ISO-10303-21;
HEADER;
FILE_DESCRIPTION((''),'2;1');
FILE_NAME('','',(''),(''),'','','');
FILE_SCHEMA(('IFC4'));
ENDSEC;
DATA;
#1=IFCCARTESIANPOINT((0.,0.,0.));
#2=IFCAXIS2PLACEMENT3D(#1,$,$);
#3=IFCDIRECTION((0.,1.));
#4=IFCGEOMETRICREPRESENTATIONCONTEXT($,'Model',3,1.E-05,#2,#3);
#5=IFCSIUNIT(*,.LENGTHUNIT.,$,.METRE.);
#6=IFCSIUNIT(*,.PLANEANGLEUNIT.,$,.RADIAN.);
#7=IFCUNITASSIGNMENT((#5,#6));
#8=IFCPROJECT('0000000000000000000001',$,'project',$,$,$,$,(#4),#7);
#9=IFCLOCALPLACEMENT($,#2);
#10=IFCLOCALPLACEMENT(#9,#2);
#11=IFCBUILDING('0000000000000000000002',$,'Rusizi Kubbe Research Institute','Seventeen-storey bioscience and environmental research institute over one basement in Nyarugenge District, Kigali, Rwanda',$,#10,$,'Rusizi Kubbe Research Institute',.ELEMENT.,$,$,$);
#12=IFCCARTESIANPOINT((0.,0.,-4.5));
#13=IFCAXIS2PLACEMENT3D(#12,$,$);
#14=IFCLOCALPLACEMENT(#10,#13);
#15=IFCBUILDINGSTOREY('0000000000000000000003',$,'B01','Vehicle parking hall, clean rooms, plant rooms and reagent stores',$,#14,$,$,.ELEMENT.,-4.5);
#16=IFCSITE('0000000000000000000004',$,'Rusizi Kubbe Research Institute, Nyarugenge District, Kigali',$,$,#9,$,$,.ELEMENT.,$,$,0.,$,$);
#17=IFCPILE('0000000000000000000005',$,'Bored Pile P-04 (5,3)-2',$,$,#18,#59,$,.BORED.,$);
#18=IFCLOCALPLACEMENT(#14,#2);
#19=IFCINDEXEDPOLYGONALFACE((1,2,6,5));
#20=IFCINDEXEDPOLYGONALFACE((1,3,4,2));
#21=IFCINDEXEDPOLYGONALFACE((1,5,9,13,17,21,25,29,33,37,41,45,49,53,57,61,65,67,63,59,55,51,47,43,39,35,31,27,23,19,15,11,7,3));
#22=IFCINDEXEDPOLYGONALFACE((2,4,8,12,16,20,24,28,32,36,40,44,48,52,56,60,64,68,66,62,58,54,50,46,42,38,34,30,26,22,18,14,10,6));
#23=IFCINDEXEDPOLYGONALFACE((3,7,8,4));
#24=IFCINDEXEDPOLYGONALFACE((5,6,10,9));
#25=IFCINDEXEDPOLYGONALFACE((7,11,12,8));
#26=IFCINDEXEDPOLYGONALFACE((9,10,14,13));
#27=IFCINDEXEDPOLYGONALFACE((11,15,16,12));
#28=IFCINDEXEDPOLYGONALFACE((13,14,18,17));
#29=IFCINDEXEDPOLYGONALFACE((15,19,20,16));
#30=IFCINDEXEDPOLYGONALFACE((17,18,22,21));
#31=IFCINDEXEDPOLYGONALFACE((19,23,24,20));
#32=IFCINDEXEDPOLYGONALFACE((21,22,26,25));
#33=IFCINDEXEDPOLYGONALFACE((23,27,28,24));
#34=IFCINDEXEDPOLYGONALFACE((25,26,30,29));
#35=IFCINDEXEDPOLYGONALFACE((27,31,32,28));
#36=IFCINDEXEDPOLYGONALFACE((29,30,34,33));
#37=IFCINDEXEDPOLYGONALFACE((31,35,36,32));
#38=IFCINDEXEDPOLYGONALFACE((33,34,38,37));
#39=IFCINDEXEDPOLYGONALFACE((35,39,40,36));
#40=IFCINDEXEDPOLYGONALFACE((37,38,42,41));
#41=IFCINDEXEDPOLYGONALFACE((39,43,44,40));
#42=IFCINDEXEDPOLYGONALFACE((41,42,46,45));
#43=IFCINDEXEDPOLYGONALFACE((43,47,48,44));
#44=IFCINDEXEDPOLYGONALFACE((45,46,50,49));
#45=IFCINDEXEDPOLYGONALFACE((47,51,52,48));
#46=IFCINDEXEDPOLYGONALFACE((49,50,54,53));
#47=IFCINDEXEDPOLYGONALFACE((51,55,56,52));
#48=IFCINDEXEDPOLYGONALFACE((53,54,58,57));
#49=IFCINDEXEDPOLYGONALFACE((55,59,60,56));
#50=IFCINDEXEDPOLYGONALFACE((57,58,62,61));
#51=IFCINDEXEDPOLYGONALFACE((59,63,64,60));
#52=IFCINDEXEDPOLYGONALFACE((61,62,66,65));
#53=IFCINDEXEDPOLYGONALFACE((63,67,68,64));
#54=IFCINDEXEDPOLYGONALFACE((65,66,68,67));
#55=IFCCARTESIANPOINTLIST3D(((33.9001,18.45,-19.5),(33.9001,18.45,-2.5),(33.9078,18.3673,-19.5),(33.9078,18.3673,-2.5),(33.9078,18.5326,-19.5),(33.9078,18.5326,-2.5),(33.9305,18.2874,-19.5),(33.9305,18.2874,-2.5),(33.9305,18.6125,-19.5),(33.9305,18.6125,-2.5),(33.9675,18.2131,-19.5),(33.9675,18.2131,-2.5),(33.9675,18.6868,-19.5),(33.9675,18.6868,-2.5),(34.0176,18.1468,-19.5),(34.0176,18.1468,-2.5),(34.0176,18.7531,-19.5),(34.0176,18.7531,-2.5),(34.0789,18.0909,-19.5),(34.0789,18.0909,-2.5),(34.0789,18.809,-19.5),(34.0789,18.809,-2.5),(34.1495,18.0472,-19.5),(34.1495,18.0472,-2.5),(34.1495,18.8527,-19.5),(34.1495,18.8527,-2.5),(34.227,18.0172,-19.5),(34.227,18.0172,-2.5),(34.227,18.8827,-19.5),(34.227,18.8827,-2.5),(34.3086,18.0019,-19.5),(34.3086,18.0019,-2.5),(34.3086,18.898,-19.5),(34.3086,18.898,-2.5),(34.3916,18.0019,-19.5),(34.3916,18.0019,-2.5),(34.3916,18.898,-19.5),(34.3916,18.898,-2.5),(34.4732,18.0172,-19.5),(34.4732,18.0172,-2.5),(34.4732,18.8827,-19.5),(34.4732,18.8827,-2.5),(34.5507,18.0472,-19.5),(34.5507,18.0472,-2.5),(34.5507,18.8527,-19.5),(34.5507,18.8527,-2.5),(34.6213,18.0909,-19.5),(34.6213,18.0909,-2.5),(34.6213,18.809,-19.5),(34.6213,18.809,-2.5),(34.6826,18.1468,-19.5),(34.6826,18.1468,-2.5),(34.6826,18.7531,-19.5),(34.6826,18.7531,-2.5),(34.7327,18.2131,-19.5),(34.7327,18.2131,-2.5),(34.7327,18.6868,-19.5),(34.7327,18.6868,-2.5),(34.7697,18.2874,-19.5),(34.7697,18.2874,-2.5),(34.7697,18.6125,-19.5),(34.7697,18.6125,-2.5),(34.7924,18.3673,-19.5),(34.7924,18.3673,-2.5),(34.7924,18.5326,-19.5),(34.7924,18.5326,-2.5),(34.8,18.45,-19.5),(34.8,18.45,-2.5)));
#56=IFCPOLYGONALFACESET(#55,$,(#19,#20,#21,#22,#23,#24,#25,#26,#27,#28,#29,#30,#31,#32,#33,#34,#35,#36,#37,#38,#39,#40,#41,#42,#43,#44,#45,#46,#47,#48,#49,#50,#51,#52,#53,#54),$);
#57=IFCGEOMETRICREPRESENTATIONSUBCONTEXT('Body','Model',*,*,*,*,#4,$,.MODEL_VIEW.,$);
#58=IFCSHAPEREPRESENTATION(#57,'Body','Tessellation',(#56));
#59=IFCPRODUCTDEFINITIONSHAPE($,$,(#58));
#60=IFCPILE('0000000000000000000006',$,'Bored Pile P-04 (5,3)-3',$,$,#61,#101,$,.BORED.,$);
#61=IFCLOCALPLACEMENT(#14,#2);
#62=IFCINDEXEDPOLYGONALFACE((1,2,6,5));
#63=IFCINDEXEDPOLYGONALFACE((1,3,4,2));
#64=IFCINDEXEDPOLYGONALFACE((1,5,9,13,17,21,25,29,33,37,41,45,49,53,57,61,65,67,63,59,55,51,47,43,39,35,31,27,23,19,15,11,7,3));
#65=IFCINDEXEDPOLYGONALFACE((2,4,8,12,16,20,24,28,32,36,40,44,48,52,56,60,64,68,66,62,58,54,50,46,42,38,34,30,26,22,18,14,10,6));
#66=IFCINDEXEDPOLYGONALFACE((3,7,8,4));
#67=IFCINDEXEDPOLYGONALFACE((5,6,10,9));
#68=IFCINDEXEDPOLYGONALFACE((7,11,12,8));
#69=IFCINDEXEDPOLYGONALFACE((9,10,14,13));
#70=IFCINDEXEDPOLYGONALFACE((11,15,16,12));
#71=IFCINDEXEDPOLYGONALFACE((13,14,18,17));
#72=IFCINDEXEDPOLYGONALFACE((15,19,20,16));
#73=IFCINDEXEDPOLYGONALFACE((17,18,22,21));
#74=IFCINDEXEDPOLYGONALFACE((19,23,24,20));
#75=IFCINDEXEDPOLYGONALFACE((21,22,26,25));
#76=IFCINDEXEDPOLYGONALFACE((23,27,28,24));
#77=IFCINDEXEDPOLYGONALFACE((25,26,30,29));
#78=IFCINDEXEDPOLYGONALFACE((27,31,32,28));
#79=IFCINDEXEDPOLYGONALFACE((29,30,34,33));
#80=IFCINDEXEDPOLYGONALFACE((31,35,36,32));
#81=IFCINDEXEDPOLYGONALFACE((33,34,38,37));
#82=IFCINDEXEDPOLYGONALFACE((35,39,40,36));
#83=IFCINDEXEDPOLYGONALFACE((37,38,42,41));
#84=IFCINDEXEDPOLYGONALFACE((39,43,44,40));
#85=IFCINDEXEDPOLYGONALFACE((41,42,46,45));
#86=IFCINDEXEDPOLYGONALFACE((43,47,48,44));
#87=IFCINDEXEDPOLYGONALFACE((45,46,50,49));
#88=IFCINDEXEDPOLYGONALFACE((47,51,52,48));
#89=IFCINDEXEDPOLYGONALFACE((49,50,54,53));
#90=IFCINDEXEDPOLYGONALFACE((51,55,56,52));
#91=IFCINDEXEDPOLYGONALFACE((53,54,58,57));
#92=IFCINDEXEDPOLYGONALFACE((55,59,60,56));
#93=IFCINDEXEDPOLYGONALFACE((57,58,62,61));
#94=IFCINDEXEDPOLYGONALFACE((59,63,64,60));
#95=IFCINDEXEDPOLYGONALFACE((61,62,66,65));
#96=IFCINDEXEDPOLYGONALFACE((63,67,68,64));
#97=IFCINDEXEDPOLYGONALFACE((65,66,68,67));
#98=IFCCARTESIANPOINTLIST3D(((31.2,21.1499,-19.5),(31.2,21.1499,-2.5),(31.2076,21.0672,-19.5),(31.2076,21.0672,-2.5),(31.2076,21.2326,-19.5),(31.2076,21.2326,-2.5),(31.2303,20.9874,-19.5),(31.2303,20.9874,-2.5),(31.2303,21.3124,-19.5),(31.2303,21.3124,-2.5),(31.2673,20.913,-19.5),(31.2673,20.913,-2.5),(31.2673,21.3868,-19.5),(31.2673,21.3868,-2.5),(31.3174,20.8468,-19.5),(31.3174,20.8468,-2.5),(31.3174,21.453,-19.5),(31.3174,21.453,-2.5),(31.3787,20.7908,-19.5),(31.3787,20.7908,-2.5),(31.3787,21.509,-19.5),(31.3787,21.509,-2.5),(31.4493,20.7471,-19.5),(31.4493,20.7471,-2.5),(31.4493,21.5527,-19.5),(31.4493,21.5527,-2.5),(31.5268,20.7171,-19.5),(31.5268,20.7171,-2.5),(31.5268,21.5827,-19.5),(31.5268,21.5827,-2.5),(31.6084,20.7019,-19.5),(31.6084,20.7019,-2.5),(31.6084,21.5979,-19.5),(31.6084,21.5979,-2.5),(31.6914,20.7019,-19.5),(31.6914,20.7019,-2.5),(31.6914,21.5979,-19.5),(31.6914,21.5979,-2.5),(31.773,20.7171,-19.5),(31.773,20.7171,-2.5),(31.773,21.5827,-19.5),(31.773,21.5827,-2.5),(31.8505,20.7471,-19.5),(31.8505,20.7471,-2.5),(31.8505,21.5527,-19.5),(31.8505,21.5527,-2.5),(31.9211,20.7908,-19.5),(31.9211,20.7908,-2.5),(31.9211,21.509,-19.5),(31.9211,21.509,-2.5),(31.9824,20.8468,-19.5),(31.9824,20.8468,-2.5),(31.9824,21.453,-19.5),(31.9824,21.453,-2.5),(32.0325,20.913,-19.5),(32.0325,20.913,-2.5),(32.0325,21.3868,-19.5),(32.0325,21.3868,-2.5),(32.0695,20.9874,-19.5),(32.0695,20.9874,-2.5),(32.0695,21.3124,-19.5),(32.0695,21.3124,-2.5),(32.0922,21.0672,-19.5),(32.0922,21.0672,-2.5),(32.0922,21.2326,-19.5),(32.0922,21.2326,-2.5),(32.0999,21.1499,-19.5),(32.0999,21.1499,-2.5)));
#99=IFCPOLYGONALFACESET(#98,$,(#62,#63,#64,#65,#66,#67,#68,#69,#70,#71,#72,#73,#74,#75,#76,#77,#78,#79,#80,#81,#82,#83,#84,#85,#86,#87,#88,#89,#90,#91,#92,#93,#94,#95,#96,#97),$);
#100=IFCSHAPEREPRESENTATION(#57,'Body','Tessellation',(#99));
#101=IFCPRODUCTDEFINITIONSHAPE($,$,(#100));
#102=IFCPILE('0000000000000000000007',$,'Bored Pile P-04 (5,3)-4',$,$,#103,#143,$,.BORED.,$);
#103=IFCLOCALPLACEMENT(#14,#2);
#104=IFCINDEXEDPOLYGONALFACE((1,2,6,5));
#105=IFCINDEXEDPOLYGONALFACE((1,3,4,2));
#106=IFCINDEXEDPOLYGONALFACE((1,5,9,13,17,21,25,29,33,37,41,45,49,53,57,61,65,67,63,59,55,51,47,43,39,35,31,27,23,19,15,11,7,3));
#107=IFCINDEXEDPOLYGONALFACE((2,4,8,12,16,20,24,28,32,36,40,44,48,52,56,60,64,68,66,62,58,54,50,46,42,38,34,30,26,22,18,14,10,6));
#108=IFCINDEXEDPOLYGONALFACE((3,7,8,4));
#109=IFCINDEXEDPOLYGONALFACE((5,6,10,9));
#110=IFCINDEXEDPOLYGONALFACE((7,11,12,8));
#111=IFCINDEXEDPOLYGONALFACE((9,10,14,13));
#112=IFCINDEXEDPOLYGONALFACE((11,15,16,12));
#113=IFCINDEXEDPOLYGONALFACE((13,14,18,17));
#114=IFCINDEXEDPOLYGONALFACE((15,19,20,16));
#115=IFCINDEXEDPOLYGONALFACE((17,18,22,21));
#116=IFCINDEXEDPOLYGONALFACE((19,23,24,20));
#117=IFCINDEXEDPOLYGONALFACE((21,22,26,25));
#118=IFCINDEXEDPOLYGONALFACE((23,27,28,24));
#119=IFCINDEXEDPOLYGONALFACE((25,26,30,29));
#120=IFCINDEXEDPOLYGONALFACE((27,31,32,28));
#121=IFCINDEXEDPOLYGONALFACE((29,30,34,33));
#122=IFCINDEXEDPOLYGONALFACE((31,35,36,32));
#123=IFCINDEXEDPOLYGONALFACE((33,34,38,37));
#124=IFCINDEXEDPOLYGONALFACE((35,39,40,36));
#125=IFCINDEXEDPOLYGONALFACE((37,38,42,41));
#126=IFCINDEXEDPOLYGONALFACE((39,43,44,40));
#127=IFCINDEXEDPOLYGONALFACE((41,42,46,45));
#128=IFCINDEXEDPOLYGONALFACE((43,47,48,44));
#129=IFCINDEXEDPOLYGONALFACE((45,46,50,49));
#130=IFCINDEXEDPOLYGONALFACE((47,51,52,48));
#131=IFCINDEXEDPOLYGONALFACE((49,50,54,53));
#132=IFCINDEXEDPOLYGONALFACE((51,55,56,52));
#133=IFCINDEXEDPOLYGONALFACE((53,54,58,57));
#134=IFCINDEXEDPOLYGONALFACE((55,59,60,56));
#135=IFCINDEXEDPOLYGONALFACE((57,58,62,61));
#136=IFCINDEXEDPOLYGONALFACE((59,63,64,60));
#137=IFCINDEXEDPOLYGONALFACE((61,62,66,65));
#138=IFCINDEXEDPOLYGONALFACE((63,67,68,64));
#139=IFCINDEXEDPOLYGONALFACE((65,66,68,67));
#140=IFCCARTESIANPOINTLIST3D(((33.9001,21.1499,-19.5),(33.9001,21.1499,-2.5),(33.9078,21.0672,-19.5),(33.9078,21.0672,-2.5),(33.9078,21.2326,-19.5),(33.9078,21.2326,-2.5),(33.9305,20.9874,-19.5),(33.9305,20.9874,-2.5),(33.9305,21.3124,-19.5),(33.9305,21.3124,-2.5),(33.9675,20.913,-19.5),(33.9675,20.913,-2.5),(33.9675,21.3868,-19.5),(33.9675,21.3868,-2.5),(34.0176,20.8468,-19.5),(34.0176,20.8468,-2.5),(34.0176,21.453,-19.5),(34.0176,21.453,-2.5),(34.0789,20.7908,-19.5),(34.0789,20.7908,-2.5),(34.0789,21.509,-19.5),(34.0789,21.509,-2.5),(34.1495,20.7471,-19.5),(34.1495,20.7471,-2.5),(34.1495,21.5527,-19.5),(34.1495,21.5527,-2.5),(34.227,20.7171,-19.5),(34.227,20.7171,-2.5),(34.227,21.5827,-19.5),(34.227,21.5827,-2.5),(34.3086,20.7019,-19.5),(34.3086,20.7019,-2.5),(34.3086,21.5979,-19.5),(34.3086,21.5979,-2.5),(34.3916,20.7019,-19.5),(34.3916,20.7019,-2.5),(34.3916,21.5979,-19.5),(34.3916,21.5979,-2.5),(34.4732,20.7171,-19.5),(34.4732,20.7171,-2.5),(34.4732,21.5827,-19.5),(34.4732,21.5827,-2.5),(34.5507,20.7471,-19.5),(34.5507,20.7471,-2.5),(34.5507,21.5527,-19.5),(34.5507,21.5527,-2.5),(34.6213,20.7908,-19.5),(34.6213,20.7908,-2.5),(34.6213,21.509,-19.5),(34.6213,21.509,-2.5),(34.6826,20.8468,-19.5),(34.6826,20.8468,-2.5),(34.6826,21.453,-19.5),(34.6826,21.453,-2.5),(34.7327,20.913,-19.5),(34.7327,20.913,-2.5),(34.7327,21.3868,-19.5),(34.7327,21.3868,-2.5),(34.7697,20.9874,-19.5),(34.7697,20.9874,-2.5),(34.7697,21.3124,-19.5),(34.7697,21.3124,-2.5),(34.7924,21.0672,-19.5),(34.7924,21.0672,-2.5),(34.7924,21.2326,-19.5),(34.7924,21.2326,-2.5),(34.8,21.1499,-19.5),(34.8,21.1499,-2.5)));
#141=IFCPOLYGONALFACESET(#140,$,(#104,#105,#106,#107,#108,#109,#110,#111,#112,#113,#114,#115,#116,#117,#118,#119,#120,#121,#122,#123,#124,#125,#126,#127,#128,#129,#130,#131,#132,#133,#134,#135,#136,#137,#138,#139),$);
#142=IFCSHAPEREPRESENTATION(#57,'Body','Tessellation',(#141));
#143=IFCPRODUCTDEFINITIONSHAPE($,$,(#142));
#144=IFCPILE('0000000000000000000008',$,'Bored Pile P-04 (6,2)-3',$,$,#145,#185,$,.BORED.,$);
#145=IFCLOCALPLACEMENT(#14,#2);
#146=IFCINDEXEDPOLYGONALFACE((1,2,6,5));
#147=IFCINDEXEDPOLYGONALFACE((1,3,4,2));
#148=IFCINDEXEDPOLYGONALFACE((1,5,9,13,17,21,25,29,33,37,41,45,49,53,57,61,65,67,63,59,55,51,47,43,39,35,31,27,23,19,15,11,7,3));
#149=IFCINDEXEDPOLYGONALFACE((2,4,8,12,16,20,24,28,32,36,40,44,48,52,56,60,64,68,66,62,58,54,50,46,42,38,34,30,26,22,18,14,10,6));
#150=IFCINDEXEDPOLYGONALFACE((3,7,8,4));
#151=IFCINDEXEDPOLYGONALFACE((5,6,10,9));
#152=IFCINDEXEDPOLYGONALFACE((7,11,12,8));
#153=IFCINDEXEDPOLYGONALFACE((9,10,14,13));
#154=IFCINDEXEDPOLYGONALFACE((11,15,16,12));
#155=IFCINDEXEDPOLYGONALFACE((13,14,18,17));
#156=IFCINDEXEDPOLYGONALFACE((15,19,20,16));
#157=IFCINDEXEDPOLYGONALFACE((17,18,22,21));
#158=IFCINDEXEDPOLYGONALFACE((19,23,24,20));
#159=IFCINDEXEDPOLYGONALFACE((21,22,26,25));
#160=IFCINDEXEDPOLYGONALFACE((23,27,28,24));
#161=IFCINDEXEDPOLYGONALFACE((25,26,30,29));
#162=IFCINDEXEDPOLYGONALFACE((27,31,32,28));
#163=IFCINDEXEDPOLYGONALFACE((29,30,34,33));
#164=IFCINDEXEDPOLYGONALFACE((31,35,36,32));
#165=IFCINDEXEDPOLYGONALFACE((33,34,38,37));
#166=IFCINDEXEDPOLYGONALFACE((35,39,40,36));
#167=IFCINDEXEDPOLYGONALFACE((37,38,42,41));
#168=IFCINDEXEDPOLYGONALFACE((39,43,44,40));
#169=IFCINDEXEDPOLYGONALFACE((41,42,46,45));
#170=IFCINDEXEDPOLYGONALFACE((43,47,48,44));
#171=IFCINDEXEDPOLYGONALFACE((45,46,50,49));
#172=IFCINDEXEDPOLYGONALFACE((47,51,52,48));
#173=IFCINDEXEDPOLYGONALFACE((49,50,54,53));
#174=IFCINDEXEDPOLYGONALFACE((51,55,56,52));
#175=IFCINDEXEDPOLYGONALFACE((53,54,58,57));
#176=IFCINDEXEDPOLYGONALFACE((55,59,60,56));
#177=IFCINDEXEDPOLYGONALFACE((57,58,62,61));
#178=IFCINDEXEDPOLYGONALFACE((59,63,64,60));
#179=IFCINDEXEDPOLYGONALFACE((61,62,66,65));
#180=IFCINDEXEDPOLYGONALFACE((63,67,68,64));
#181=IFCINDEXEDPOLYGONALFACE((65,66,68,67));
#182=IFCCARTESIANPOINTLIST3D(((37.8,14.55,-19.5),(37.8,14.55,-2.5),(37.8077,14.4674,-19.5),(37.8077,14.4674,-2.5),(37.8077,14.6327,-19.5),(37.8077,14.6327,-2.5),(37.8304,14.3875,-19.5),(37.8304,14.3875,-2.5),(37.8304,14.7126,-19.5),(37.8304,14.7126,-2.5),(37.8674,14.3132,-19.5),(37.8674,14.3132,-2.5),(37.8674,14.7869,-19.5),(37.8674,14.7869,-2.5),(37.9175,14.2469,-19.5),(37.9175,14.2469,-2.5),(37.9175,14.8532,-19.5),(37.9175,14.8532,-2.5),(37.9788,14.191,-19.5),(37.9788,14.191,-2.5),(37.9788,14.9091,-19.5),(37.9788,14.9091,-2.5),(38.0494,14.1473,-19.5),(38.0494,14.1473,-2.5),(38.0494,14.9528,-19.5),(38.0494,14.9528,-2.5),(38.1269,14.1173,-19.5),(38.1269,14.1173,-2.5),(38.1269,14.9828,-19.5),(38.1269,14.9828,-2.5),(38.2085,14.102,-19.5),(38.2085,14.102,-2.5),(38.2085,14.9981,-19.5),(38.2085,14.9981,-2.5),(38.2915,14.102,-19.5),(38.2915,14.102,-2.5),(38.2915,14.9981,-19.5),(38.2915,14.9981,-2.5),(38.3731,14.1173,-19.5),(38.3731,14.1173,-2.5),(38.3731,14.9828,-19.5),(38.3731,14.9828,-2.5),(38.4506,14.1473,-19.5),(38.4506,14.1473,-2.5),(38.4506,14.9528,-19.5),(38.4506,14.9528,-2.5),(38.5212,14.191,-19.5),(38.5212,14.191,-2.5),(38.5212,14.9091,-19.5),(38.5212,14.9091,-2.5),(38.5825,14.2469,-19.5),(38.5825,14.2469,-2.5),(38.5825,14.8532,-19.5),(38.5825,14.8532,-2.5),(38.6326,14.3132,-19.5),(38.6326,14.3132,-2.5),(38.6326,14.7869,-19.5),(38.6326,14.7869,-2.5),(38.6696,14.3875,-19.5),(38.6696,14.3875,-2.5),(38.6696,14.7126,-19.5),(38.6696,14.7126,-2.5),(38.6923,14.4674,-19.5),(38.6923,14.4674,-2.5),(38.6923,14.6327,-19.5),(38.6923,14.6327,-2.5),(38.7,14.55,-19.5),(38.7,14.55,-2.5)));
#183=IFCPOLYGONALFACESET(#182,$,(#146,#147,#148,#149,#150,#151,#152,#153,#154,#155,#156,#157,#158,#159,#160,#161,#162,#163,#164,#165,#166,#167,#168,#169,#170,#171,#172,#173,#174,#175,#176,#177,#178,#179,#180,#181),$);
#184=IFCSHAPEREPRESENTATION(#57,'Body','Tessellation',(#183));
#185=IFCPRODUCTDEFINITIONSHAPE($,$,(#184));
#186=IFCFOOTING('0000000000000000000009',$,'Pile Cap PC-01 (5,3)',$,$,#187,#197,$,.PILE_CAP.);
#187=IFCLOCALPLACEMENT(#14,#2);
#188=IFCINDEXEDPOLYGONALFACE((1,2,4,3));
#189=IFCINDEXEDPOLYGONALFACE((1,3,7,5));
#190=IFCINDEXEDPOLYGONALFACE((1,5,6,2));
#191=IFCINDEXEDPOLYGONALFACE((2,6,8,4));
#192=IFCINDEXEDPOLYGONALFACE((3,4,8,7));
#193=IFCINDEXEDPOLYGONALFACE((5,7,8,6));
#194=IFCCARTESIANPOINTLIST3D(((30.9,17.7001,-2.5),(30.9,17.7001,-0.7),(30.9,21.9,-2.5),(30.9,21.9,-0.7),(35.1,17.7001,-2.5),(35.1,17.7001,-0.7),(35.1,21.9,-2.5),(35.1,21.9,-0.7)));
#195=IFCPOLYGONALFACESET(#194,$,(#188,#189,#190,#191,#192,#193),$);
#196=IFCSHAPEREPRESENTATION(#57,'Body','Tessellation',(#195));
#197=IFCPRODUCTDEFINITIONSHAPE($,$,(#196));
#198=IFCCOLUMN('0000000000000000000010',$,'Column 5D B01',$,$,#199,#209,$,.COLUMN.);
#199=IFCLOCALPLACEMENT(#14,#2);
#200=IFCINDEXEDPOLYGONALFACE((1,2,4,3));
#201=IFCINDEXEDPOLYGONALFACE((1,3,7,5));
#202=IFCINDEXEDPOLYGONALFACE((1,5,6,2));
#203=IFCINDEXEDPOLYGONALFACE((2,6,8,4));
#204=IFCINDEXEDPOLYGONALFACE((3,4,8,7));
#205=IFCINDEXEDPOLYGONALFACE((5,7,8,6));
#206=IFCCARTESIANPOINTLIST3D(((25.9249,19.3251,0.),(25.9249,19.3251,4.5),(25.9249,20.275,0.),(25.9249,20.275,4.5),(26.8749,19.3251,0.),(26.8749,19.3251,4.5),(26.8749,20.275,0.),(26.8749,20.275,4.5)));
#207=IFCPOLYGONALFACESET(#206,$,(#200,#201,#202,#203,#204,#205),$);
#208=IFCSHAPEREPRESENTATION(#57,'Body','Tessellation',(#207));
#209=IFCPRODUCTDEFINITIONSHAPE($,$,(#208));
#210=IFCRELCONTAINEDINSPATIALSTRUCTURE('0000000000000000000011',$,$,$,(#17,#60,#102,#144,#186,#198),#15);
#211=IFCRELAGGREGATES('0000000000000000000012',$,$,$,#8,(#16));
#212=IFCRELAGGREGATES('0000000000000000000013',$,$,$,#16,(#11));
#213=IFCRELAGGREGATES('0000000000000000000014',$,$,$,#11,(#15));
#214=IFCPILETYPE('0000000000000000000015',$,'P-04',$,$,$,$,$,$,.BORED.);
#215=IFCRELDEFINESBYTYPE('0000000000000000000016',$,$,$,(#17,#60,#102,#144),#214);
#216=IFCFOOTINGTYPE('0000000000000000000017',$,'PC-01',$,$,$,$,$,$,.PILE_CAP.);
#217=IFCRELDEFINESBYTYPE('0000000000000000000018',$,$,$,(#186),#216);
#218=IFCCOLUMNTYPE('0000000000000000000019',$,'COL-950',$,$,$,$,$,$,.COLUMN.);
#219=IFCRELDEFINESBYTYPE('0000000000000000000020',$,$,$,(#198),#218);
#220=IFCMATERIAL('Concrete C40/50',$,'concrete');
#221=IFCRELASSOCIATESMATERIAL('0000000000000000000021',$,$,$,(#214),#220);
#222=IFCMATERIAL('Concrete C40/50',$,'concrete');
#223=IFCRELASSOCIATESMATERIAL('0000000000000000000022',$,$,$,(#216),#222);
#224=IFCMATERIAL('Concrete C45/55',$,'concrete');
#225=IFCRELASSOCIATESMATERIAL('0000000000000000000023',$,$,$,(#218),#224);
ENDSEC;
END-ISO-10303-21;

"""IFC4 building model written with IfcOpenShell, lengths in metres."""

from ifc_helpers import new_model, si_unit, direction, frame, origin, origin_2d, place, context, subcontext, project, spatial, rectangle, circle, extrude, material, material_profile, profile_set, type_object, element, save


model = new_model("IFC4")

# Units and contexts
model_context = context("Model", 3, precision=1e-05, world=origin(), true_north=direction((0.0, 1.0)))
body_context = subcontext(model_context, "Body", "Model", "MODEL_VIEW")
ifc_project = project(units=[si_unit("LENGTHUNIT", "METRE"), si_unit("PLANEANGLEUNIT", "RADIAN")], contexts=[model_context])

# Site, building, storey
site_placement = place(None, origin())
site = spatial("IfcSite", under=ifc_project, at=site_placement, Name="Rusizi Kubbe Research Institute, Nyarugenge District, Kigali", CompositionType="ELEMENT", RefElevation=0.0)
building_placement = place(site_placement, origin())
building = spatial("IfcBuilding", under=site, at=building_placement, Name="Rusizi Kubbe Research Institute", Description="Seventeen-storey bioscience and environmental research institute over one basement in Nyarugenge District, Kigali, Rwanda", LongName="Rusizi Kubbe Research Institute", CompositionType="ELEMENT")
storey_placement = place(building_placement, frame((0.0, 0.0, -4.5)))
storey = spatial("IfcBuildingStorey", under=building, at=storey_placement, Name="B01", Description="Vehicle parking hall, clean rooms, plant rooms and reagent stores", CompositionType="ELEMENT", Elevation=-4.5)

# Piles
ifc_material_1 = material(Name="Concrete C40/50", Category="concrete")
ifc_material_profile_1 = material_profile(ifc_material_1, circle(Radius=0.45, at=origin_2d()), Name="PILE-D900")
ifc_profile_set_1 = profile_set([ifc_material_profile_1], Name="Concrete C40/50")
pile_type_1 = type_object("IfcPileType", Name="P-04", PredefinedType="BORED", material=ifc_profile_set_1)
for number, where, z_axis, x_axis, name in (
    (1, (34.3501, 18.45, -2.5), (0.0, 0.0, -1.0), (1.0, 0.0, 0.0), "Bored Pile P-04 (5,3)-2"),
    (2, (31.6499, 21.1499, -2.5), (0.0, 0.0, -1.0), (1.0, 0.0, 0.0), "Bored Pile P-04 (5,3)-3"),
    (3, (34.3501, 21.1499, -2.5), (0.0, 0.0, -1.0), (1.0, 0.0, 0.0), "Bored Pile P-04 (5,3)-4"),
    (4, (38.25, 14.55, -2.5), (0.0, 0.0, -1.0), (1.0, 0.0, 0.0), "Bored Pile P-04 (6,2)-3"),
):
    element("IfcPile", number, at=place(storey_placement, frame(where, z_axis=z_axis, x_axis=x_axis)), inside=storey, type_object=pile_type_1, Name=name, PredefinedType="BORED", context=body_context, shape_type="SweptSolid", body=[
        extrude(circle(Radius=0.45, at=origin_2d()), origin(), (0.0, 0.0, 1.0), 17.0),
    ])

# Footing
ifc_material_2 = material(Name="Concrete C40/50", Category="concrete")
footing_type = type_object("IfcFootingType", Name="PC-01", PredefinedType="PILE_CAP", material=ifc_material_2)
footing_placement = place(storey_placement, frame((33.0, 19.8, -2.5), z_axis=(0.0, 0.0, 1.0), x_axis=(1.0, 0.0, 0.0)))
element("IfcFooting", 5, at=footing_placement, inside=storey, type_object=footing_type, Name="Pile Cap PC-01 (5,3)", PredefinedType="PILE_CAP", context=body_context, shape_type="SweptSolid", body=[
    extrude(rectangle(XDim=4.2, YDim=4.2, at=origin_2d()), origin(), (0.0, 0.0, 1.0), 1.8),
])

# Column
ifc_material_3 = material(Name="Concrete C45/55", Category="concrete")
ifc_material_profile_2 = material_profile(ifc_material_3, rectangle(XDim=0.95, YDim=0.95, at=origin_2d()), Name="RC950x950")
ifc_profile_set_2 = profile_set([ifc_material_profile_2], Name="Concrete C45/55")
column_type = type_object("IfcColumnType", Name="COL-950", PredefinedType="COLUMN", material=ifc_profile_set_2)
for number, where, z_axis, x_axis, name in (
    (6, (26.3999, 19.8, 0.0), (0.0, 0.0, 1.0), (1.0, 0.0, 0.0), "Column 5D B01"),
):
    element("IfcColumn", number, at=place(storey_placement, frame(where, z_axis=z_axis, x_axis=x_axis)), inside=storey, type_object=column_type, Name=name, PredefinedType="COLUMN", context=body_context, shape_type="SweptSolid", body=[
        extrude(rectangle(XDim=0.95, YDim=0.95, at=origin_2d()), origin(), (0.0, 0.0, 1.0), 4.5),
    ])

save(model, "model.ifc")
